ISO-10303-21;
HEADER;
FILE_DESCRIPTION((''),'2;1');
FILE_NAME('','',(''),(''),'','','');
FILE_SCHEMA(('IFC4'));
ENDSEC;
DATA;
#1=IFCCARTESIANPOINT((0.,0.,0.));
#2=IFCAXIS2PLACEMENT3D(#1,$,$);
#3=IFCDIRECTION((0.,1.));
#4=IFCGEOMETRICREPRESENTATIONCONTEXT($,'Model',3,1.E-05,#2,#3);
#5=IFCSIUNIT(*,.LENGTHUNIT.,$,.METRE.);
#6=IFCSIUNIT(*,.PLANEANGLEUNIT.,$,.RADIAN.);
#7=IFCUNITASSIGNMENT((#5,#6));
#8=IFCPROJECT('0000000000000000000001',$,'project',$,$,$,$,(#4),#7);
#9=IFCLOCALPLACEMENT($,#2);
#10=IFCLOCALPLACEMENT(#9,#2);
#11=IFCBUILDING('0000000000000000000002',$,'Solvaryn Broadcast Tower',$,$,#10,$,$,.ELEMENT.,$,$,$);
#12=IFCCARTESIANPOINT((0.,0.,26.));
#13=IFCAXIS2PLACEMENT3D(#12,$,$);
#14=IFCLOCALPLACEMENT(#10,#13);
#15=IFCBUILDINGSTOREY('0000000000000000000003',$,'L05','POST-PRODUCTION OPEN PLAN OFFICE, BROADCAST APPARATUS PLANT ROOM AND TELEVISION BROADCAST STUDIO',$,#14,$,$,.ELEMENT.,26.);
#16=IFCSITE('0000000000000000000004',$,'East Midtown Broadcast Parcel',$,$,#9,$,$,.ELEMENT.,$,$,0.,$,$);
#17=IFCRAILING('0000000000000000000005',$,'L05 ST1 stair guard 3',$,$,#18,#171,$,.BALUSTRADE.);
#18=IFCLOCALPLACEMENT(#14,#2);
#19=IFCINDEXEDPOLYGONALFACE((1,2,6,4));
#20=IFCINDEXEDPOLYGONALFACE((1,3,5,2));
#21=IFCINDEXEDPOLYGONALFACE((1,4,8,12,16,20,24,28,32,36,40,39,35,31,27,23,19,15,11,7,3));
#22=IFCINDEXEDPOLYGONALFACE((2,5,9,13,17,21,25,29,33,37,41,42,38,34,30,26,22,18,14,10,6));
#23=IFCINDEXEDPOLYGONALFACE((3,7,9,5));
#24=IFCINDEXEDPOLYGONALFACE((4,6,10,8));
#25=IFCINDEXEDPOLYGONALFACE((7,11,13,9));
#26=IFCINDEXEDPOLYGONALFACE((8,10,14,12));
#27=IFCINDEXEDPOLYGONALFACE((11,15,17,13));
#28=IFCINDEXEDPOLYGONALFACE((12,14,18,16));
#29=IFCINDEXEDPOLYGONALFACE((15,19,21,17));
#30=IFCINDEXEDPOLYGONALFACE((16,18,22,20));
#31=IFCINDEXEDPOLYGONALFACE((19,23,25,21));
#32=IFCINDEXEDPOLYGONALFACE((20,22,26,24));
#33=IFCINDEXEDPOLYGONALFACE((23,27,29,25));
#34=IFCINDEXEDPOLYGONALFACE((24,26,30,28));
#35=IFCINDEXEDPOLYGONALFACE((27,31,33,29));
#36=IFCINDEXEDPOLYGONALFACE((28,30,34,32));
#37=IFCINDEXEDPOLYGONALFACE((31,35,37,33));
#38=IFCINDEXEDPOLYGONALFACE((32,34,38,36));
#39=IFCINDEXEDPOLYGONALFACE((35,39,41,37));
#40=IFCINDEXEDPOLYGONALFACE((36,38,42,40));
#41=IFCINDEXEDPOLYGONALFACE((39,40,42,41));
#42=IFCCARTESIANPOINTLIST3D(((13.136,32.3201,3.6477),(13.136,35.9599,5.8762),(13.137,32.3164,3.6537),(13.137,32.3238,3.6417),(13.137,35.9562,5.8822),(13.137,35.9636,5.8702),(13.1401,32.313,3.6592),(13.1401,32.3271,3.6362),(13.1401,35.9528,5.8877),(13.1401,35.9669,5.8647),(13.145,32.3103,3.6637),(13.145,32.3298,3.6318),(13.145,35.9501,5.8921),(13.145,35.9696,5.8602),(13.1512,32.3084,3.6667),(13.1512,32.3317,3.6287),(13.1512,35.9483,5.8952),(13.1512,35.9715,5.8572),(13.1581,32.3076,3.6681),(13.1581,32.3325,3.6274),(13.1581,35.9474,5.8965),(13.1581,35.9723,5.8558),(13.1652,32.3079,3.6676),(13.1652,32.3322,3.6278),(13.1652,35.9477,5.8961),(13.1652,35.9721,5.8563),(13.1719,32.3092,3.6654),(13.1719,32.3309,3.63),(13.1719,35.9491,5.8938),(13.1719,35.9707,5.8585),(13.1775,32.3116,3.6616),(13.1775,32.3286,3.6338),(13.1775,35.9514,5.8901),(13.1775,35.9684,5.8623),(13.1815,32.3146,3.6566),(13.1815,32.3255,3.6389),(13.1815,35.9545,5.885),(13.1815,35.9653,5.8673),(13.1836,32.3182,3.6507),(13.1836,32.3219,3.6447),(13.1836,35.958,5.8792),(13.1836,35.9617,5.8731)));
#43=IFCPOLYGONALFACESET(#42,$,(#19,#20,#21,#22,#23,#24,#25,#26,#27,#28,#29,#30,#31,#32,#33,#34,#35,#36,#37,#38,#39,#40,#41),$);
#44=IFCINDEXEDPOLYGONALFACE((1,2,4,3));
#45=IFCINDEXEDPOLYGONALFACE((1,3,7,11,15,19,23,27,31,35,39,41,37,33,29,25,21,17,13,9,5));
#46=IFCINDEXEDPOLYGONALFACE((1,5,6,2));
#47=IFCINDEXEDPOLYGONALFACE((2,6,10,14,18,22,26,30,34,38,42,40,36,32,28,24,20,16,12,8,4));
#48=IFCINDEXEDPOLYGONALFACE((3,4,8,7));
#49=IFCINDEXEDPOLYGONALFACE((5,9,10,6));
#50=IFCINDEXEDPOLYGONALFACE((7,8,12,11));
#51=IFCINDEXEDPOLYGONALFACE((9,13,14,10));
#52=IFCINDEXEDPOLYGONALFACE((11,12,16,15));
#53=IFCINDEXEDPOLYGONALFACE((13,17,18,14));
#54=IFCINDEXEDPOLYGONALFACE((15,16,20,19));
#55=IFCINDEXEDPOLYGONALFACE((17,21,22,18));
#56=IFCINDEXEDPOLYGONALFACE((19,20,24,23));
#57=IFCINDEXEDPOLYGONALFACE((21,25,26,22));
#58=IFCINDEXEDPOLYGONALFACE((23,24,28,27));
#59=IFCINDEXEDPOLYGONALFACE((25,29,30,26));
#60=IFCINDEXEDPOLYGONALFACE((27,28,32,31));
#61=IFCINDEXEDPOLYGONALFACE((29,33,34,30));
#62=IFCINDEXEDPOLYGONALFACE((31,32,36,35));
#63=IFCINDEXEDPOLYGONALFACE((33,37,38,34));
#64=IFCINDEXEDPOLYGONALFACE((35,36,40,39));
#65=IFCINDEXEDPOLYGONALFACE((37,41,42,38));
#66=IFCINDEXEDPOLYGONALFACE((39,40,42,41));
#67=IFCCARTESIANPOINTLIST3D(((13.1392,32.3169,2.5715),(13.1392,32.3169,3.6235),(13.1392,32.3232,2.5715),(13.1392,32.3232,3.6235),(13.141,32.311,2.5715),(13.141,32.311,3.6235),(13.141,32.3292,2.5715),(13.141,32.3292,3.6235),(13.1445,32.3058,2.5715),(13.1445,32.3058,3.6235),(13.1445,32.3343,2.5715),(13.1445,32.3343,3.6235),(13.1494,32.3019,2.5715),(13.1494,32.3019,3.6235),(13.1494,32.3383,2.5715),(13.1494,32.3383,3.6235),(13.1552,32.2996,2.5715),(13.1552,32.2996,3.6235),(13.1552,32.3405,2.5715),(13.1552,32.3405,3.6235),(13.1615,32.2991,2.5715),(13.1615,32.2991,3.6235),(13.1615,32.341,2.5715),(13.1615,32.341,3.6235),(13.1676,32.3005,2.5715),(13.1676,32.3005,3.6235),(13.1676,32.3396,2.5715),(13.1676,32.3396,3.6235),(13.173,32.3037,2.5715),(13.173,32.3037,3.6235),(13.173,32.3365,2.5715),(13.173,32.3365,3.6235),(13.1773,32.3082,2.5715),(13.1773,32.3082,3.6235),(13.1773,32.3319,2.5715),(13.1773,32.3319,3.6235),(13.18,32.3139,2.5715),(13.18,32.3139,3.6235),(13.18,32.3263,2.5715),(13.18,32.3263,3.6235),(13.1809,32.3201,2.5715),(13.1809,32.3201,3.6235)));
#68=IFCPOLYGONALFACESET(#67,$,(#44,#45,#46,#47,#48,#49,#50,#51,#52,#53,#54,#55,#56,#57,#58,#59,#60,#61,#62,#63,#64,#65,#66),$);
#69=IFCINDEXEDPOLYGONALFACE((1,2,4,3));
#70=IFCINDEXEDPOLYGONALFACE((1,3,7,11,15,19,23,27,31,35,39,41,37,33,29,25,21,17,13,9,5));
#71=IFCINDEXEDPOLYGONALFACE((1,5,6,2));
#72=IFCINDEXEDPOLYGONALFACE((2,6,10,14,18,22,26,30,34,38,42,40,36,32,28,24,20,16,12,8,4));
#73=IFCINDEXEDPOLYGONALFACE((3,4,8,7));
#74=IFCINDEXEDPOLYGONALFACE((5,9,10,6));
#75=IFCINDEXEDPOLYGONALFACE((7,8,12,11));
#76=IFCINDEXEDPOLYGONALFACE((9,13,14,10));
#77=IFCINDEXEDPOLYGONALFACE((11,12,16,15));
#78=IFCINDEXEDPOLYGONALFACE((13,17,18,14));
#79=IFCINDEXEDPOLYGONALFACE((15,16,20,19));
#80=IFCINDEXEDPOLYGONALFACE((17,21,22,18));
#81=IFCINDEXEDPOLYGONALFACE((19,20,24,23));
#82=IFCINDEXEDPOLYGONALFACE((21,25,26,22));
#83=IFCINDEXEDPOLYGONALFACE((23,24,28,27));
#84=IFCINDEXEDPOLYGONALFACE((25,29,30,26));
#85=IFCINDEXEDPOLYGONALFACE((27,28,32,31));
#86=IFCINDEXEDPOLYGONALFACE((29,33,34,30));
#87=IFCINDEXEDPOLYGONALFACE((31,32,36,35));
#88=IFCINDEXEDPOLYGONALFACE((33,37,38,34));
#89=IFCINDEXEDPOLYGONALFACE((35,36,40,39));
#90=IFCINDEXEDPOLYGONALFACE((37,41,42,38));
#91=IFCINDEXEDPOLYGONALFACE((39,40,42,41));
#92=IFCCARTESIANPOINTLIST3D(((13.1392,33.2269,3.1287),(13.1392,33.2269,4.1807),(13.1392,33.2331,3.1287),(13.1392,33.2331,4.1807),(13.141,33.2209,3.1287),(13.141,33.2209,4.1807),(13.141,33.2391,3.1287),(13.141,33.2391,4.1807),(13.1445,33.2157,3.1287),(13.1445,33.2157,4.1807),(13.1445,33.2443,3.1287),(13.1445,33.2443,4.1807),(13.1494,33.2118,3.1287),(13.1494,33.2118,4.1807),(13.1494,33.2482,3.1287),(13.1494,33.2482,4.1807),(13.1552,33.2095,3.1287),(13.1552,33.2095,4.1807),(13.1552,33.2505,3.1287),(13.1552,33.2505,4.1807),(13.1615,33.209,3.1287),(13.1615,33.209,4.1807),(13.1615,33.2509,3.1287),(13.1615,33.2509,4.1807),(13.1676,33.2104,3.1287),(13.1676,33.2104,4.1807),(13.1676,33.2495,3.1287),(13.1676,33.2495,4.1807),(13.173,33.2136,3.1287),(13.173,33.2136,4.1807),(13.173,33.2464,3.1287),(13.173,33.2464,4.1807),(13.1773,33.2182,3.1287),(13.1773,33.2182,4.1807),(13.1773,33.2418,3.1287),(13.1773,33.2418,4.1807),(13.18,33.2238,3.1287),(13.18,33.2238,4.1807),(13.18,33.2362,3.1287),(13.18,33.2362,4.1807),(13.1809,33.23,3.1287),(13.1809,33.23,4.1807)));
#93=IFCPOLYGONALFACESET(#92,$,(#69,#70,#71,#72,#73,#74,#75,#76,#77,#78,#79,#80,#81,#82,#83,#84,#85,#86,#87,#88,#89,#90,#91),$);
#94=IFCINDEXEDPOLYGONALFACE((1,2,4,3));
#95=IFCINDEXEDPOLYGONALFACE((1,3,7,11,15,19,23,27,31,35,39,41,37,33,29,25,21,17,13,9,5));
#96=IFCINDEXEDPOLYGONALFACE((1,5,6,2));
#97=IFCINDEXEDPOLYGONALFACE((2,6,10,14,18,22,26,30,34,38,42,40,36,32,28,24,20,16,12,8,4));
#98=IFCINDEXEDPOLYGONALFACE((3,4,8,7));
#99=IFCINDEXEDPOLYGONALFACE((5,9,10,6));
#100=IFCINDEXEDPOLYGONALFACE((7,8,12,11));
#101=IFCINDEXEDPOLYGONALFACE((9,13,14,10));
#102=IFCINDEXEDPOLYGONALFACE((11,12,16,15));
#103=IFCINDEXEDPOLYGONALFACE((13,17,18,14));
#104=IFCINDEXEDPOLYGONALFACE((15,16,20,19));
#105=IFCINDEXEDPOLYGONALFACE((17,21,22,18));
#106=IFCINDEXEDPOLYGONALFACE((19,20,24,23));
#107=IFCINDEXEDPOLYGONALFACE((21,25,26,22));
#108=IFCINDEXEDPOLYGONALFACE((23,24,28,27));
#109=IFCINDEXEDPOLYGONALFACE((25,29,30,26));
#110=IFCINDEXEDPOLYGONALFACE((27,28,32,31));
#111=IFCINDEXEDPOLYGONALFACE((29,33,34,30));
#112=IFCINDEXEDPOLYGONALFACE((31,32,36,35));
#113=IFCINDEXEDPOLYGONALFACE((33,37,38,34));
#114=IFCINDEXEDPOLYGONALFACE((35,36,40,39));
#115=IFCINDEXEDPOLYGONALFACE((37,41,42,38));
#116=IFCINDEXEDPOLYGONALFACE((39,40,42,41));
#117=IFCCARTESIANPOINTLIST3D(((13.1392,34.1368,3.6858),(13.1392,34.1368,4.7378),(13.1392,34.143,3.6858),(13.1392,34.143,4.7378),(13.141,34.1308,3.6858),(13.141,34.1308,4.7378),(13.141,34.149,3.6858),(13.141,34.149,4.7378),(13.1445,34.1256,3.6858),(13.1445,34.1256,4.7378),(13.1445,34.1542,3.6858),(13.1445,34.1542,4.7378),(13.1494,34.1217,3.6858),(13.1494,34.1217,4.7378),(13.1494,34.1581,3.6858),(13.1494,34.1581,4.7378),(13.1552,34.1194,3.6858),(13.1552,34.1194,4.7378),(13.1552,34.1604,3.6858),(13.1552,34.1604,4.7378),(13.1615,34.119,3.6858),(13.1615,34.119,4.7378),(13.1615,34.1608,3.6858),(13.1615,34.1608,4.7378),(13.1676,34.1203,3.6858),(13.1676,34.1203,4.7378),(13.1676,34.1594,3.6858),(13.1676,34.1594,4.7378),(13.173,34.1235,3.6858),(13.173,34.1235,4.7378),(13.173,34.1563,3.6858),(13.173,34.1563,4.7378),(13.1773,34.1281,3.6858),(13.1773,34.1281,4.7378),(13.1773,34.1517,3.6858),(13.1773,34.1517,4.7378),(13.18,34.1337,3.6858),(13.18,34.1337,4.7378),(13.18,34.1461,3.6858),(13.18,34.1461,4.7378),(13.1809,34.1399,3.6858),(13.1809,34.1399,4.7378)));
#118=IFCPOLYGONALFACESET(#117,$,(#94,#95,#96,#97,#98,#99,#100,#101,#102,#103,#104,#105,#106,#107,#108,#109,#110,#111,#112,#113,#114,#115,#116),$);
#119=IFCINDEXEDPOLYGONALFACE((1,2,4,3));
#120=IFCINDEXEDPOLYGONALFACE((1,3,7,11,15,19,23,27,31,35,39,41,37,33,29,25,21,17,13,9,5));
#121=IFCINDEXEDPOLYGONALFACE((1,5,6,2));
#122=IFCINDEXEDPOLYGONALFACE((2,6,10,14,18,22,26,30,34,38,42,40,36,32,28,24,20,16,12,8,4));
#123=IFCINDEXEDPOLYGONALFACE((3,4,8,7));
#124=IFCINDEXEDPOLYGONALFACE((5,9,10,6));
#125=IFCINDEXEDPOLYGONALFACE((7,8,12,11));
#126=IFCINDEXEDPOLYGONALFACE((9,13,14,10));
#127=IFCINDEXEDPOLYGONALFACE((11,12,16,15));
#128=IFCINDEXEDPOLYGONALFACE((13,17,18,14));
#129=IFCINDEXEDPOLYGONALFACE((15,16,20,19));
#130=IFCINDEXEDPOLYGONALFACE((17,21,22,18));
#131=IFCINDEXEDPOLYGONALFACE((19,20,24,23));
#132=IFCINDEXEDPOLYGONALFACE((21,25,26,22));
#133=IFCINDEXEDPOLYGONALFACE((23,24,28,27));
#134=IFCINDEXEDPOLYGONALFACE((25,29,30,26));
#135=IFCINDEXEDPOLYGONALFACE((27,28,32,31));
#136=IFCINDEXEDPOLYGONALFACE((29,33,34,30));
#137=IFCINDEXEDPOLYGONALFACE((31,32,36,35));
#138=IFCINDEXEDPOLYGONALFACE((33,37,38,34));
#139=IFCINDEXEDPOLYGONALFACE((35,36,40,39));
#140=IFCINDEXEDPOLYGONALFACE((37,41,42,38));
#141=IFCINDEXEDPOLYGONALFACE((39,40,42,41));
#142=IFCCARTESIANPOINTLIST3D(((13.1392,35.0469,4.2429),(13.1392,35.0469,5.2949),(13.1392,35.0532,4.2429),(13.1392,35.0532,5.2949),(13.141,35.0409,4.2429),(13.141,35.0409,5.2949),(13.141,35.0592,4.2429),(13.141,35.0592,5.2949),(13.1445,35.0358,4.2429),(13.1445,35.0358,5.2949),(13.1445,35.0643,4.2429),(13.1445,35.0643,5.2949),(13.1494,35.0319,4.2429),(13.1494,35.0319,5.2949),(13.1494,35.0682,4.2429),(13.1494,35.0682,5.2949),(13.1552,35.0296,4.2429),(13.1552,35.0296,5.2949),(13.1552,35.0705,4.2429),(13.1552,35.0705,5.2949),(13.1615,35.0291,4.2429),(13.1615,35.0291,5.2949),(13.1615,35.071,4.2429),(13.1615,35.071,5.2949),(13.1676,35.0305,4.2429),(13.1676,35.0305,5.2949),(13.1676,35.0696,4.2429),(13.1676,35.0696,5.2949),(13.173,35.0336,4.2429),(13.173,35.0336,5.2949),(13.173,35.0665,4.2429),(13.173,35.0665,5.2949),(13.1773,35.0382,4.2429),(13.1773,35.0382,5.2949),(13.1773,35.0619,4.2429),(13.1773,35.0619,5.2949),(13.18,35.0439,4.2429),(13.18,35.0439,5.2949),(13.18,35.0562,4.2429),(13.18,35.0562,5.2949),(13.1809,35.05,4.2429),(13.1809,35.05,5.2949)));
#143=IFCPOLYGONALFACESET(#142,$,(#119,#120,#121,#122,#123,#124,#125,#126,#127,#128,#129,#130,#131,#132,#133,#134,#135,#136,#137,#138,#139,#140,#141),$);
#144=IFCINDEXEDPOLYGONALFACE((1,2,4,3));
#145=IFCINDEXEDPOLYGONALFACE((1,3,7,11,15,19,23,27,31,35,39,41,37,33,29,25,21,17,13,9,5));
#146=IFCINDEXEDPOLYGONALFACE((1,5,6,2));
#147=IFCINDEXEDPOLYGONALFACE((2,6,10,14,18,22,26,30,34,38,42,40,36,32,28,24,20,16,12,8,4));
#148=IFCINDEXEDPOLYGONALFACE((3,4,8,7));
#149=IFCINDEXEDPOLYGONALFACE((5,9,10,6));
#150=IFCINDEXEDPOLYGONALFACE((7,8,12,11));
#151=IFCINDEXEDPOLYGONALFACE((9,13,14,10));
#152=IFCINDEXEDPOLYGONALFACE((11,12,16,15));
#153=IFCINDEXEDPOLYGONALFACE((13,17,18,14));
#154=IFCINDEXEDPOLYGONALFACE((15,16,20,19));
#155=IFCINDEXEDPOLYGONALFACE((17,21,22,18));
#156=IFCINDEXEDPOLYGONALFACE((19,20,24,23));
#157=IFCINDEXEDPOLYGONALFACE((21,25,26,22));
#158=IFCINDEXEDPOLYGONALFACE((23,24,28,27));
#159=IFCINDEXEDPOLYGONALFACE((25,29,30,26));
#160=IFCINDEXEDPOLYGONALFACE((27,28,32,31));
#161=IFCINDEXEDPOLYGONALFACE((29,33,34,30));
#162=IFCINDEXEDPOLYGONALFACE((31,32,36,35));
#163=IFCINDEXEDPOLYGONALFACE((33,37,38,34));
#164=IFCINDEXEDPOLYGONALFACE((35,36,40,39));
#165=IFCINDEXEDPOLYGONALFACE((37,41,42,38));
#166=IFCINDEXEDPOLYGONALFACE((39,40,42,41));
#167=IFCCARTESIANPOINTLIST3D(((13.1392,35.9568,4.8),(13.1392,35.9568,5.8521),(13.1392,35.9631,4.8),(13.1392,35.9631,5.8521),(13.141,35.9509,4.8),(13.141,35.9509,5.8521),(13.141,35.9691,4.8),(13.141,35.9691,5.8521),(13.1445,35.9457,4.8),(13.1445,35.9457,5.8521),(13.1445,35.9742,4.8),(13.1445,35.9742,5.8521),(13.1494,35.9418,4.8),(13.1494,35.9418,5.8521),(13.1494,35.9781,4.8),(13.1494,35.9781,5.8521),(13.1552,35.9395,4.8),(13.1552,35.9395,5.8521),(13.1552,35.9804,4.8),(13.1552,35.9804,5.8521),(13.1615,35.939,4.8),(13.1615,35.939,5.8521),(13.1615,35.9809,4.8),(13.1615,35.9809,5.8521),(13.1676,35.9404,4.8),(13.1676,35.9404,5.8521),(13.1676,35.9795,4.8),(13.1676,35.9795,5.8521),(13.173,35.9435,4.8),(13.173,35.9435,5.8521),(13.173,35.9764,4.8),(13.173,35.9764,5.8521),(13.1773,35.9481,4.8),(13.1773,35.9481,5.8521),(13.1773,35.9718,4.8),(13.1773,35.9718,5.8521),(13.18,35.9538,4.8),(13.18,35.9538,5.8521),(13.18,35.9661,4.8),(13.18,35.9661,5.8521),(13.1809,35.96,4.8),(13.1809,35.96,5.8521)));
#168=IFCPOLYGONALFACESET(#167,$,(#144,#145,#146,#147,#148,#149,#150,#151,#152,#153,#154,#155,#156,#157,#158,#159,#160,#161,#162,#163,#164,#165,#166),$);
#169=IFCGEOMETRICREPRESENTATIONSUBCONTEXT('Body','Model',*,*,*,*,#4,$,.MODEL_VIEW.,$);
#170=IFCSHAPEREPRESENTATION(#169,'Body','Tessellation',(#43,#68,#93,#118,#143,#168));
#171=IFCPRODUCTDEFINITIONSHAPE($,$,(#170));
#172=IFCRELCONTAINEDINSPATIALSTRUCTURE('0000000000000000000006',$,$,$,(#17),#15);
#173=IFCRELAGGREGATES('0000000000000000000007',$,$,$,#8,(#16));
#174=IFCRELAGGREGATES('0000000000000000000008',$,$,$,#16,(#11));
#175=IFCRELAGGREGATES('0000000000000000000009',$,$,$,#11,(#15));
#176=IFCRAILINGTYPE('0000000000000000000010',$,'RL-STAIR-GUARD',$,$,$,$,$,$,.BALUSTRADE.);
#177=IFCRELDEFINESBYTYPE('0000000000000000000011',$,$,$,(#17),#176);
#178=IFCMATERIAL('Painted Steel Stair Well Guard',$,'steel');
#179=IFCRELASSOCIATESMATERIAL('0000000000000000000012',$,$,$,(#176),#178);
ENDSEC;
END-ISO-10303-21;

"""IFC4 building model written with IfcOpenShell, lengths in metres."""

from ifc_helpers import new_model, si_unit, direction, frame, origin, origin_2d, place, context, subcontext, project, spatial, circle, extrude, material, type_object, element, save


model = new_model("IFC4")

# Units and contexts
model_context = context("Model", 3, precision=1e-05, world=origin(), true_north=direction((0.0, 1.0)))
body_context = subcontext(model_context, "Body", "Model", "MODEL_VIEW")
ifc_project = project(units=[si_unit("LENGTHUNIT", "METRE"), si_unit("PLANEANGLEUNIT", "RADIAN")], contexts=[model_context])

# Site, building, storey
site_placement = place(None, origin())
site = spatial("IfcSite", under=ifc_project, at=site_placement, Name="East Midtown Broadcast Parcel", CompositionType="ELEMENT", RefElevation=0.0)
building_placement = place(site_placement, origin())
building = spatial("IfcBuilding", under=site, at=building_placement, Name="Solvaryn Broadcast Tower", CompositionType="ELEMENT")
storey_placement = place(building_placement, frame((0.0, 0.0, 26.0)))
storey = spatial("IfcBuildingStorey", under=building, at=storey_placement, Name="L05", Description="POST-PRODUCTION OPEN PLAN OFFICE, BROADCAST APPARATUS PLANT ROOM AND TELEVISION BROADCAST STUDIO", CompositionType="ELEMENT", Elevation=26.0)

# Railing
ifc_material_1 = material(Name="Painted Steel Stair Well Guard", Category="steel")
railing_type_1 = type_object("IfcRailingType", Name="RL-STAIR-GUARD", PredefinedType="BALUSTRADE", material=ifc_material_1)
railing_1_placement = place(storey_placement, frame((13.1599, 32.3201, 2.5715)))
element("IfcRailing", 1, at=railing_1_placement, inside=storey, type_object=railing_type_1, Name="L05 ST1 stair guard 3", PredefinedType="BALUSTRADE", context=body_context, shape_type="SweptSolid", body=[
    extrude(circle(Radius=0.0239, at=origin_2d()), frame((0.0, 0.0, 1.0762), z_axis=(0.0, 0.85285, 0.522156), x_axis=(-1.0, 0.0, 0.0)), (0.0, 0.0, 1.0), 4.2678),
    extrude(circle(Radius=0.021, at=origin_2d()), origin(), (0.0, 0.0, 1.0), 1.052),
    extrude(circle(Radius=0.021, at=origin_2d()), frame((0.0, 0.9099, 0.5571)), (0.0, 0.0, 1.0), 1.052),
    extrude(circle(Radius=0.021, at=origin_2d()), frame((0.0, 1.8198, 1.1143)), (0.0, 0.0, 1.0), 1.052),
    extrude(circle(Radius=0.021, at=origin_2d()), frame((0.0, 2.73, 1.6714)), (0.0, 0.0, 1.0), 1.052),
    extrude(circle(Radius=0.021, at=origin_2d()), frame((0.0, 3.6399, 2.2285)), (0.0, 0.0, 1.0), 1.052),
])

save(model, "model.ifc")
